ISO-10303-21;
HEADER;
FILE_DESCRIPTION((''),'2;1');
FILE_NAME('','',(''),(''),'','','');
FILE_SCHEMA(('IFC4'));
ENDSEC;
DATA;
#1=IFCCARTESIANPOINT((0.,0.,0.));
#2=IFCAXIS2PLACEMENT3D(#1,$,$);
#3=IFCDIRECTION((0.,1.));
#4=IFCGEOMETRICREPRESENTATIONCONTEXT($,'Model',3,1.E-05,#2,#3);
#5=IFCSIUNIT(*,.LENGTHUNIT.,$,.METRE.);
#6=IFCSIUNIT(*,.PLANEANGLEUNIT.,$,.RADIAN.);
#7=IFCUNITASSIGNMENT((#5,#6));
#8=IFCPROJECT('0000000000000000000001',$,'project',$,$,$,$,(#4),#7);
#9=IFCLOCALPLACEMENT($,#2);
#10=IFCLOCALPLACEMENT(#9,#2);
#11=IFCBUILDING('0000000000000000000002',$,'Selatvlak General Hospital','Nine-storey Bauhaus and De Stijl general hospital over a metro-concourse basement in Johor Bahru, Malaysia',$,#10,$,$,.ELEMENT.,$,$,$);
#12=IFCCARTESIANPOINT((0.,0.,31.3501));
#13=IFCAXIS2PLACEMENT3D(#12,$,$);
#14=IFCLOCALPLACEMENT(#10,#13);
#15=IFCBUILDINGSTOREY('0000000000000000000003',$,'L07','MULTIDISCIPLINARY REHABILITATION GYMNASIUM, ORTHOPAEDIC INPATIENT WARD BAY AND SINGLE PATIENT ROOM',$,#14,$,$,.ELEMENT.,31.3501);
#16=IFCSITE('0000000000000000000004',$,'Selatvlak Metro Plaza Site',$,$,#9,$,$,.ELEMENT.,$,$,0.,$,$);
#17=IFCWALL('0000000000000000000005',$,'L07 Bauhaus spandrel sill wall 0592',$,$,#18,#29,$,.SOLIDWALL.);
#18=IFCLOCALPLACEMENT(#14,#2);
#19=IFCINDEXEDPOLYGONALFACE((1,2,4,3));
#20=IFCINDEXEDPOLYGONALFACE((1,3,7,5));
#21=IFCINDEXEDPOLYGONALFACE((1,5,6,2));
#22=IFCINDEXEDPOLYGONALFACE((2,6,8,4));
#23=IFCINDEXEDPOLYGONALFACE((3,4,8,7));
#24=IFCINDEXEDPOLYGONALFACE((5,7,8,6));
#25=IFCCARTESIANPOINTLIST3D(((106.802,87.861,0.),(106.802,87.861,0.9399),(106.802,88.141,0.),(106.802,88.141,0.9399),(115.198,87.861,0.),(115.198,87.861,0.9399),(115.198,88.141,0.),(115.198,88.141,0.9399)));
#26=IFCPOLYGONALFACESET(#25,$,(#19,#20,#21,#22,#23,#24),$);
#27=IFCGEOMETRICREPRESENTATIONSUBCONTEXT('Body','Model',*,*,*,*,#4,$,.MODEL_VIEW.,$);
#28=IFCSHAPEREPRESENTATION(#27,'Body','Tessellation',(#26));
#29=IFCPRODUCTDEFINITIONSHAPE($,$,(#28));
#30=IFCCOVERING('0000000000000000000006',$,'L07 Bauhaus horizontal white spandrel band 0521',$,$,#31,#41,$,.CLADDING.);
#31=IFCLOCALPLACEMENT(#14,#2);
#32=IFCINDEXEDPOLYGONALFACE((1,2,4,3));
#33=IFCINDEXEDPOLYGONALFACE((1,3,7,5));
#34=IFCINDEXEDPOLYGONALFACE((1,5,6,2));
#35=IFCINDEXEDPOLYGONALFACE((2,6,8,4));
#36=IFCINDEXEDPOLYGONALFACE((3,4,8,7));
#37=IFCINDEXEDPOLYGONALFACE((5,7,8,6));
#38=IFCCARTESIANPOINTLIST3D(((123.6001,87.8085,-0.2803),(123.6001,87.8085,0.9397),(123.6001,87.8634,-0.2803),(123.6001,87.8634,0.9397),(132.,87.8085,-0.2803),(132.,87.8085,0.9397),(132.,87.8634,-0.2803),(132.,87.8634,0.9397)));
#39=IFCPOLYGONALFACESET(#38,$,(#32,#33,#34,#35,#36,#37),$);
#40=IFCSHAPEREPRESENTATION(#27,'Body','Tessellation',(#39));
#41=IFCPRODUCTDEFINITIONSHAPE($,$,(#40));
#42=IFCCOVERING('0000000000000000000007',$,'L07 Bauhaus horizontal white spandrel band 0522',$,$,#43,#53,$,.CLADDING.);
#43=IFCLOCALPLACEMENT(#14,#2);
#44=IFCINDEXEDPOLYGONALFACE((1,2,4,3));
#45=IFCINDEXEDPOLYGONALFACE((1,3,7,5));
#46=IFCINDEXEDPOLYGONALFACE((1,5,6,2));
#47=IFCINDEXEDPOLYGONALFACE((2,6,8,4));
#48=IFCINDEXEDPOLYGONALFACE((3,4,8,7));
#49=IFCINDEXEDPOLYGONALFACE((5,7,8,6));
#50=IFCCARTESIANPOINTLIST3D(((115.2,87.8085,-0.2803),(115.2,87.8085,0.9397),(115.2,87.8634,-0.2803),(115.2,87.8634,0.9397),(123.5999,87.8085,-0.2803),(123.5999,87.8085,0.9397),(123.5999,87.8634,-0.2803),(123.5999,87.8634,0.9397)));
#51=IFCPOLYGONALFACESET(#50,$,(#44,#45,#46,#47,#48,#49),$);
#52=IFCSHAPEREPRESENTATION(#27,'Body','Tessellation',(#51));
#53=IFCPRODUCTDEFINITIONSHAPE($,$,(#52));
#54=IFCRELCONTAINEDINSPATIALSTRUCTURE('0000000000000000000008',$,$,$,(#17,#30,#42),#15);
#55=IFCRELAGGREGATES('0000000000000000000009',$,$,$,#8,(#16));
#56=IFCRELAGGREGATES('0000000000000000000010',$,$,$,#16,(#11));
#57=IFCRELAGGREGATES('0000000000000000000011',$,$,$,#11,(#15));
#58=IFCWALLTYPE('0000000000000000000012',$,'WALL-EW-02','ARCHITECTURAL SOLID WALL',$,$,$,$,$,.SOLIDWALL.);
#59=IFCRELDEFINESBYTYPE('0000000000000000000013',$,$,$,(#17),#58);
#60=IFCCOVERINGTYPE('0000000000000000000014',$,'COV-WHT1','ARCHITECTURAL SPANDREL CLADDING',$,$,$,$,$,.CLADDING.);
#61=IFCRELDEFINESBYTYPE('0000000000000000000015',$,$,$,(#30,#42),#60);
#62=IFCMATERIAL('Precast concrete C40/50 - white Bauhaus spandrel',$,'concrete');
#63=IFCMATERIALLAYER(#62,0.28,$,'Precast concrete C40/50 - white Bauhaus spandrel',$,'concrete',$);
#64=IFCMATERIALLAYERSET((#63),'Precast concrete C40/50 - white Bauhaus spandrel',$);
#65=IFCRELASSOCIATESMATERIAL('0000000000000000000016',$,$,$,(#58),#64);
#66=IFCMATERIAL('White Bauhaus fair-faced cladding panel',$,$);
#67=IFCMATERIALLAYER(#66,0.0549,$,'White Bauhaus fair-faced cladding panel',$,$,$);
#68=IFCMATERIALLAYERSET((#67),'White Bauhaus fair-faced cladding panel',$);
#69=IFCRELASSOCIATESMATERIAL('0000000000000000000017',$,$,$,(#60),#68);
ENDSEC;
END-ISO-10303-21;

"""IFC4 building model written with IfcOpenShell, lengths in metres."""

from ifc_helpers import new_model, si_unit, direction, frame, frame_2d, origin, origin_2d, place, context, subcontext, project, spatial, rectangle, extrude, material, layer, layer_set, type_object, element, save


model = new_model("IFC4")

# Units and contexts
model_context = context("Model", 3, precision=1e-05, world=origin(), true_north=direction((0.0, 1.0)))
body_context = subcontext(model_context, "Body", "Model", "MODEL_VIEW")
ifc_project = project(units=[si_unit("LENGTHUNIT", "METRE"), si_unit("PLANEANGLEUNIT", "RADIAN")], contexts=[model_context])

# Site, building, storey
site_placement = place(None, origin())
site = spatial("IfcSite", under=ifc_project, at=site_placement, Name="Selatvlak Metro Plaza Site", CompositionType="ELEMENT", RefElevation=0.0)
building_placement = place(site_placement, origin())
building = spatial("IfcBuilding", under=site, at=building_placement, Name="Selatvlak General Hospital", Description="Nine-storey Bauhaus and De Stijl general hospital over a metro-concourse basement in Johor Bahru, Malaysia", CompositionType="ELEMENT")
storey_placement = place(building_placement, frame((0.0, 0.0, 31.3501)))
storey = spatial("IfcBuildingStorey", under=building, at=storey_placement, Name="L07", Description="MULTIDISCIPLINARY REHABILITATION GYMNASIUM, ORTHOPAEDIC INPATIENT WARD BAY AND SINGLE PATIENT ROOM", CompositionType="ELEMENT", Elevation=31.3501)

# Wall
ifc_material_1 = material(Name="Precast concrete C40/50 - white Bauhaus spandrel", Category="concrete")
ifc_layer_1 = layer(ifc_material_1, 0.28, Name="Precast concrete C40/50 - white Bauhaus spandrel", Category="concrete")
ifc_layer_set_1 = layer_set([ifc_layer_1], Name="Precast concrete C40/50 - white Bauhaus spandrel")
wall_type = type_object("IfcWallType", Name="WALL-EW-02", Description="ARCHITECTURAL SOLID WALL", PredefinedType="SOLIDWALL", material=ifc_layer_set_1)
for number, where, z_axis, x_axis, name in (
    (1, (115.198, 88.001, 0.0), (0.0, 0.0, 1.0), (-1.0, 0.0, 0.0), "L07 Bauhaus spandrel sill wall 0592"),
):
    element("IfcWall", number, at=place(storey_placement, frame(where, z_axis=z_axis, x_axis=x_axis)), inside=storey, type_object=wall_type, Name=name, PredefinedType="SOLIDWALL", context=body_context, shape_type="SweptSolid", body=[
        extrude(rectangle(XDim=8.396, YDim=0.28, at=frame_2d((4.198, 0.0))), origin(), (0.0, 0.0, 1.0), 0.9399),
    ])

# Coverings
ifc_material_2 = material(Name="White Bauhaus fair-faced cladding panel")
ifc_layer_2 = layer(ifc_material_2, 0.0549, Name="White Bauhaus fair-faced cladding panel")
ifc_layer_set_2 = layer_set([ifc_layer_2], Name="White Bauhaus fair-faced cladding panel")
covering_type = type_object("IfcCoveringType", Name="COV-WHT1", Description="ARCHITECTURAL SPANDREL CLADDING", PredefinedType="CLADDING", material=ifc_layer_set_2)
for number, where, z_axis, x_axis, name in (
    (2, (127.8, 87.8359, -0.2803), (0.0, 0.0, 1.0), (-1.0, 0.0, 0.0), "L07 Bauhaus horizontal white spandrel band 0521"),
    (3, (119.3999, 87.8359, -0.2803), (0.0, 0.0, 1.0), (-1.0, 0.0, 0.0), "L07 Bauhaus horizontal white spandrel band 0522"),
):
    element("IfcCovering", number, at=place(storey_placement, frame(where, z_axis=z_axis, x_axis=x_axis)), inside=storey, type_object=covering_type, Name=name, PredefinedType="CLADDING", context=body_context, shape_type="SweptSolid", body=[
        extrude(rectangle(XDim=8.3999, YDim=0.0549, at=origin_2d()), origin(), (0.0, 0.0, 1.0), 1.22),
    ])

save(model, "model.ifc")
